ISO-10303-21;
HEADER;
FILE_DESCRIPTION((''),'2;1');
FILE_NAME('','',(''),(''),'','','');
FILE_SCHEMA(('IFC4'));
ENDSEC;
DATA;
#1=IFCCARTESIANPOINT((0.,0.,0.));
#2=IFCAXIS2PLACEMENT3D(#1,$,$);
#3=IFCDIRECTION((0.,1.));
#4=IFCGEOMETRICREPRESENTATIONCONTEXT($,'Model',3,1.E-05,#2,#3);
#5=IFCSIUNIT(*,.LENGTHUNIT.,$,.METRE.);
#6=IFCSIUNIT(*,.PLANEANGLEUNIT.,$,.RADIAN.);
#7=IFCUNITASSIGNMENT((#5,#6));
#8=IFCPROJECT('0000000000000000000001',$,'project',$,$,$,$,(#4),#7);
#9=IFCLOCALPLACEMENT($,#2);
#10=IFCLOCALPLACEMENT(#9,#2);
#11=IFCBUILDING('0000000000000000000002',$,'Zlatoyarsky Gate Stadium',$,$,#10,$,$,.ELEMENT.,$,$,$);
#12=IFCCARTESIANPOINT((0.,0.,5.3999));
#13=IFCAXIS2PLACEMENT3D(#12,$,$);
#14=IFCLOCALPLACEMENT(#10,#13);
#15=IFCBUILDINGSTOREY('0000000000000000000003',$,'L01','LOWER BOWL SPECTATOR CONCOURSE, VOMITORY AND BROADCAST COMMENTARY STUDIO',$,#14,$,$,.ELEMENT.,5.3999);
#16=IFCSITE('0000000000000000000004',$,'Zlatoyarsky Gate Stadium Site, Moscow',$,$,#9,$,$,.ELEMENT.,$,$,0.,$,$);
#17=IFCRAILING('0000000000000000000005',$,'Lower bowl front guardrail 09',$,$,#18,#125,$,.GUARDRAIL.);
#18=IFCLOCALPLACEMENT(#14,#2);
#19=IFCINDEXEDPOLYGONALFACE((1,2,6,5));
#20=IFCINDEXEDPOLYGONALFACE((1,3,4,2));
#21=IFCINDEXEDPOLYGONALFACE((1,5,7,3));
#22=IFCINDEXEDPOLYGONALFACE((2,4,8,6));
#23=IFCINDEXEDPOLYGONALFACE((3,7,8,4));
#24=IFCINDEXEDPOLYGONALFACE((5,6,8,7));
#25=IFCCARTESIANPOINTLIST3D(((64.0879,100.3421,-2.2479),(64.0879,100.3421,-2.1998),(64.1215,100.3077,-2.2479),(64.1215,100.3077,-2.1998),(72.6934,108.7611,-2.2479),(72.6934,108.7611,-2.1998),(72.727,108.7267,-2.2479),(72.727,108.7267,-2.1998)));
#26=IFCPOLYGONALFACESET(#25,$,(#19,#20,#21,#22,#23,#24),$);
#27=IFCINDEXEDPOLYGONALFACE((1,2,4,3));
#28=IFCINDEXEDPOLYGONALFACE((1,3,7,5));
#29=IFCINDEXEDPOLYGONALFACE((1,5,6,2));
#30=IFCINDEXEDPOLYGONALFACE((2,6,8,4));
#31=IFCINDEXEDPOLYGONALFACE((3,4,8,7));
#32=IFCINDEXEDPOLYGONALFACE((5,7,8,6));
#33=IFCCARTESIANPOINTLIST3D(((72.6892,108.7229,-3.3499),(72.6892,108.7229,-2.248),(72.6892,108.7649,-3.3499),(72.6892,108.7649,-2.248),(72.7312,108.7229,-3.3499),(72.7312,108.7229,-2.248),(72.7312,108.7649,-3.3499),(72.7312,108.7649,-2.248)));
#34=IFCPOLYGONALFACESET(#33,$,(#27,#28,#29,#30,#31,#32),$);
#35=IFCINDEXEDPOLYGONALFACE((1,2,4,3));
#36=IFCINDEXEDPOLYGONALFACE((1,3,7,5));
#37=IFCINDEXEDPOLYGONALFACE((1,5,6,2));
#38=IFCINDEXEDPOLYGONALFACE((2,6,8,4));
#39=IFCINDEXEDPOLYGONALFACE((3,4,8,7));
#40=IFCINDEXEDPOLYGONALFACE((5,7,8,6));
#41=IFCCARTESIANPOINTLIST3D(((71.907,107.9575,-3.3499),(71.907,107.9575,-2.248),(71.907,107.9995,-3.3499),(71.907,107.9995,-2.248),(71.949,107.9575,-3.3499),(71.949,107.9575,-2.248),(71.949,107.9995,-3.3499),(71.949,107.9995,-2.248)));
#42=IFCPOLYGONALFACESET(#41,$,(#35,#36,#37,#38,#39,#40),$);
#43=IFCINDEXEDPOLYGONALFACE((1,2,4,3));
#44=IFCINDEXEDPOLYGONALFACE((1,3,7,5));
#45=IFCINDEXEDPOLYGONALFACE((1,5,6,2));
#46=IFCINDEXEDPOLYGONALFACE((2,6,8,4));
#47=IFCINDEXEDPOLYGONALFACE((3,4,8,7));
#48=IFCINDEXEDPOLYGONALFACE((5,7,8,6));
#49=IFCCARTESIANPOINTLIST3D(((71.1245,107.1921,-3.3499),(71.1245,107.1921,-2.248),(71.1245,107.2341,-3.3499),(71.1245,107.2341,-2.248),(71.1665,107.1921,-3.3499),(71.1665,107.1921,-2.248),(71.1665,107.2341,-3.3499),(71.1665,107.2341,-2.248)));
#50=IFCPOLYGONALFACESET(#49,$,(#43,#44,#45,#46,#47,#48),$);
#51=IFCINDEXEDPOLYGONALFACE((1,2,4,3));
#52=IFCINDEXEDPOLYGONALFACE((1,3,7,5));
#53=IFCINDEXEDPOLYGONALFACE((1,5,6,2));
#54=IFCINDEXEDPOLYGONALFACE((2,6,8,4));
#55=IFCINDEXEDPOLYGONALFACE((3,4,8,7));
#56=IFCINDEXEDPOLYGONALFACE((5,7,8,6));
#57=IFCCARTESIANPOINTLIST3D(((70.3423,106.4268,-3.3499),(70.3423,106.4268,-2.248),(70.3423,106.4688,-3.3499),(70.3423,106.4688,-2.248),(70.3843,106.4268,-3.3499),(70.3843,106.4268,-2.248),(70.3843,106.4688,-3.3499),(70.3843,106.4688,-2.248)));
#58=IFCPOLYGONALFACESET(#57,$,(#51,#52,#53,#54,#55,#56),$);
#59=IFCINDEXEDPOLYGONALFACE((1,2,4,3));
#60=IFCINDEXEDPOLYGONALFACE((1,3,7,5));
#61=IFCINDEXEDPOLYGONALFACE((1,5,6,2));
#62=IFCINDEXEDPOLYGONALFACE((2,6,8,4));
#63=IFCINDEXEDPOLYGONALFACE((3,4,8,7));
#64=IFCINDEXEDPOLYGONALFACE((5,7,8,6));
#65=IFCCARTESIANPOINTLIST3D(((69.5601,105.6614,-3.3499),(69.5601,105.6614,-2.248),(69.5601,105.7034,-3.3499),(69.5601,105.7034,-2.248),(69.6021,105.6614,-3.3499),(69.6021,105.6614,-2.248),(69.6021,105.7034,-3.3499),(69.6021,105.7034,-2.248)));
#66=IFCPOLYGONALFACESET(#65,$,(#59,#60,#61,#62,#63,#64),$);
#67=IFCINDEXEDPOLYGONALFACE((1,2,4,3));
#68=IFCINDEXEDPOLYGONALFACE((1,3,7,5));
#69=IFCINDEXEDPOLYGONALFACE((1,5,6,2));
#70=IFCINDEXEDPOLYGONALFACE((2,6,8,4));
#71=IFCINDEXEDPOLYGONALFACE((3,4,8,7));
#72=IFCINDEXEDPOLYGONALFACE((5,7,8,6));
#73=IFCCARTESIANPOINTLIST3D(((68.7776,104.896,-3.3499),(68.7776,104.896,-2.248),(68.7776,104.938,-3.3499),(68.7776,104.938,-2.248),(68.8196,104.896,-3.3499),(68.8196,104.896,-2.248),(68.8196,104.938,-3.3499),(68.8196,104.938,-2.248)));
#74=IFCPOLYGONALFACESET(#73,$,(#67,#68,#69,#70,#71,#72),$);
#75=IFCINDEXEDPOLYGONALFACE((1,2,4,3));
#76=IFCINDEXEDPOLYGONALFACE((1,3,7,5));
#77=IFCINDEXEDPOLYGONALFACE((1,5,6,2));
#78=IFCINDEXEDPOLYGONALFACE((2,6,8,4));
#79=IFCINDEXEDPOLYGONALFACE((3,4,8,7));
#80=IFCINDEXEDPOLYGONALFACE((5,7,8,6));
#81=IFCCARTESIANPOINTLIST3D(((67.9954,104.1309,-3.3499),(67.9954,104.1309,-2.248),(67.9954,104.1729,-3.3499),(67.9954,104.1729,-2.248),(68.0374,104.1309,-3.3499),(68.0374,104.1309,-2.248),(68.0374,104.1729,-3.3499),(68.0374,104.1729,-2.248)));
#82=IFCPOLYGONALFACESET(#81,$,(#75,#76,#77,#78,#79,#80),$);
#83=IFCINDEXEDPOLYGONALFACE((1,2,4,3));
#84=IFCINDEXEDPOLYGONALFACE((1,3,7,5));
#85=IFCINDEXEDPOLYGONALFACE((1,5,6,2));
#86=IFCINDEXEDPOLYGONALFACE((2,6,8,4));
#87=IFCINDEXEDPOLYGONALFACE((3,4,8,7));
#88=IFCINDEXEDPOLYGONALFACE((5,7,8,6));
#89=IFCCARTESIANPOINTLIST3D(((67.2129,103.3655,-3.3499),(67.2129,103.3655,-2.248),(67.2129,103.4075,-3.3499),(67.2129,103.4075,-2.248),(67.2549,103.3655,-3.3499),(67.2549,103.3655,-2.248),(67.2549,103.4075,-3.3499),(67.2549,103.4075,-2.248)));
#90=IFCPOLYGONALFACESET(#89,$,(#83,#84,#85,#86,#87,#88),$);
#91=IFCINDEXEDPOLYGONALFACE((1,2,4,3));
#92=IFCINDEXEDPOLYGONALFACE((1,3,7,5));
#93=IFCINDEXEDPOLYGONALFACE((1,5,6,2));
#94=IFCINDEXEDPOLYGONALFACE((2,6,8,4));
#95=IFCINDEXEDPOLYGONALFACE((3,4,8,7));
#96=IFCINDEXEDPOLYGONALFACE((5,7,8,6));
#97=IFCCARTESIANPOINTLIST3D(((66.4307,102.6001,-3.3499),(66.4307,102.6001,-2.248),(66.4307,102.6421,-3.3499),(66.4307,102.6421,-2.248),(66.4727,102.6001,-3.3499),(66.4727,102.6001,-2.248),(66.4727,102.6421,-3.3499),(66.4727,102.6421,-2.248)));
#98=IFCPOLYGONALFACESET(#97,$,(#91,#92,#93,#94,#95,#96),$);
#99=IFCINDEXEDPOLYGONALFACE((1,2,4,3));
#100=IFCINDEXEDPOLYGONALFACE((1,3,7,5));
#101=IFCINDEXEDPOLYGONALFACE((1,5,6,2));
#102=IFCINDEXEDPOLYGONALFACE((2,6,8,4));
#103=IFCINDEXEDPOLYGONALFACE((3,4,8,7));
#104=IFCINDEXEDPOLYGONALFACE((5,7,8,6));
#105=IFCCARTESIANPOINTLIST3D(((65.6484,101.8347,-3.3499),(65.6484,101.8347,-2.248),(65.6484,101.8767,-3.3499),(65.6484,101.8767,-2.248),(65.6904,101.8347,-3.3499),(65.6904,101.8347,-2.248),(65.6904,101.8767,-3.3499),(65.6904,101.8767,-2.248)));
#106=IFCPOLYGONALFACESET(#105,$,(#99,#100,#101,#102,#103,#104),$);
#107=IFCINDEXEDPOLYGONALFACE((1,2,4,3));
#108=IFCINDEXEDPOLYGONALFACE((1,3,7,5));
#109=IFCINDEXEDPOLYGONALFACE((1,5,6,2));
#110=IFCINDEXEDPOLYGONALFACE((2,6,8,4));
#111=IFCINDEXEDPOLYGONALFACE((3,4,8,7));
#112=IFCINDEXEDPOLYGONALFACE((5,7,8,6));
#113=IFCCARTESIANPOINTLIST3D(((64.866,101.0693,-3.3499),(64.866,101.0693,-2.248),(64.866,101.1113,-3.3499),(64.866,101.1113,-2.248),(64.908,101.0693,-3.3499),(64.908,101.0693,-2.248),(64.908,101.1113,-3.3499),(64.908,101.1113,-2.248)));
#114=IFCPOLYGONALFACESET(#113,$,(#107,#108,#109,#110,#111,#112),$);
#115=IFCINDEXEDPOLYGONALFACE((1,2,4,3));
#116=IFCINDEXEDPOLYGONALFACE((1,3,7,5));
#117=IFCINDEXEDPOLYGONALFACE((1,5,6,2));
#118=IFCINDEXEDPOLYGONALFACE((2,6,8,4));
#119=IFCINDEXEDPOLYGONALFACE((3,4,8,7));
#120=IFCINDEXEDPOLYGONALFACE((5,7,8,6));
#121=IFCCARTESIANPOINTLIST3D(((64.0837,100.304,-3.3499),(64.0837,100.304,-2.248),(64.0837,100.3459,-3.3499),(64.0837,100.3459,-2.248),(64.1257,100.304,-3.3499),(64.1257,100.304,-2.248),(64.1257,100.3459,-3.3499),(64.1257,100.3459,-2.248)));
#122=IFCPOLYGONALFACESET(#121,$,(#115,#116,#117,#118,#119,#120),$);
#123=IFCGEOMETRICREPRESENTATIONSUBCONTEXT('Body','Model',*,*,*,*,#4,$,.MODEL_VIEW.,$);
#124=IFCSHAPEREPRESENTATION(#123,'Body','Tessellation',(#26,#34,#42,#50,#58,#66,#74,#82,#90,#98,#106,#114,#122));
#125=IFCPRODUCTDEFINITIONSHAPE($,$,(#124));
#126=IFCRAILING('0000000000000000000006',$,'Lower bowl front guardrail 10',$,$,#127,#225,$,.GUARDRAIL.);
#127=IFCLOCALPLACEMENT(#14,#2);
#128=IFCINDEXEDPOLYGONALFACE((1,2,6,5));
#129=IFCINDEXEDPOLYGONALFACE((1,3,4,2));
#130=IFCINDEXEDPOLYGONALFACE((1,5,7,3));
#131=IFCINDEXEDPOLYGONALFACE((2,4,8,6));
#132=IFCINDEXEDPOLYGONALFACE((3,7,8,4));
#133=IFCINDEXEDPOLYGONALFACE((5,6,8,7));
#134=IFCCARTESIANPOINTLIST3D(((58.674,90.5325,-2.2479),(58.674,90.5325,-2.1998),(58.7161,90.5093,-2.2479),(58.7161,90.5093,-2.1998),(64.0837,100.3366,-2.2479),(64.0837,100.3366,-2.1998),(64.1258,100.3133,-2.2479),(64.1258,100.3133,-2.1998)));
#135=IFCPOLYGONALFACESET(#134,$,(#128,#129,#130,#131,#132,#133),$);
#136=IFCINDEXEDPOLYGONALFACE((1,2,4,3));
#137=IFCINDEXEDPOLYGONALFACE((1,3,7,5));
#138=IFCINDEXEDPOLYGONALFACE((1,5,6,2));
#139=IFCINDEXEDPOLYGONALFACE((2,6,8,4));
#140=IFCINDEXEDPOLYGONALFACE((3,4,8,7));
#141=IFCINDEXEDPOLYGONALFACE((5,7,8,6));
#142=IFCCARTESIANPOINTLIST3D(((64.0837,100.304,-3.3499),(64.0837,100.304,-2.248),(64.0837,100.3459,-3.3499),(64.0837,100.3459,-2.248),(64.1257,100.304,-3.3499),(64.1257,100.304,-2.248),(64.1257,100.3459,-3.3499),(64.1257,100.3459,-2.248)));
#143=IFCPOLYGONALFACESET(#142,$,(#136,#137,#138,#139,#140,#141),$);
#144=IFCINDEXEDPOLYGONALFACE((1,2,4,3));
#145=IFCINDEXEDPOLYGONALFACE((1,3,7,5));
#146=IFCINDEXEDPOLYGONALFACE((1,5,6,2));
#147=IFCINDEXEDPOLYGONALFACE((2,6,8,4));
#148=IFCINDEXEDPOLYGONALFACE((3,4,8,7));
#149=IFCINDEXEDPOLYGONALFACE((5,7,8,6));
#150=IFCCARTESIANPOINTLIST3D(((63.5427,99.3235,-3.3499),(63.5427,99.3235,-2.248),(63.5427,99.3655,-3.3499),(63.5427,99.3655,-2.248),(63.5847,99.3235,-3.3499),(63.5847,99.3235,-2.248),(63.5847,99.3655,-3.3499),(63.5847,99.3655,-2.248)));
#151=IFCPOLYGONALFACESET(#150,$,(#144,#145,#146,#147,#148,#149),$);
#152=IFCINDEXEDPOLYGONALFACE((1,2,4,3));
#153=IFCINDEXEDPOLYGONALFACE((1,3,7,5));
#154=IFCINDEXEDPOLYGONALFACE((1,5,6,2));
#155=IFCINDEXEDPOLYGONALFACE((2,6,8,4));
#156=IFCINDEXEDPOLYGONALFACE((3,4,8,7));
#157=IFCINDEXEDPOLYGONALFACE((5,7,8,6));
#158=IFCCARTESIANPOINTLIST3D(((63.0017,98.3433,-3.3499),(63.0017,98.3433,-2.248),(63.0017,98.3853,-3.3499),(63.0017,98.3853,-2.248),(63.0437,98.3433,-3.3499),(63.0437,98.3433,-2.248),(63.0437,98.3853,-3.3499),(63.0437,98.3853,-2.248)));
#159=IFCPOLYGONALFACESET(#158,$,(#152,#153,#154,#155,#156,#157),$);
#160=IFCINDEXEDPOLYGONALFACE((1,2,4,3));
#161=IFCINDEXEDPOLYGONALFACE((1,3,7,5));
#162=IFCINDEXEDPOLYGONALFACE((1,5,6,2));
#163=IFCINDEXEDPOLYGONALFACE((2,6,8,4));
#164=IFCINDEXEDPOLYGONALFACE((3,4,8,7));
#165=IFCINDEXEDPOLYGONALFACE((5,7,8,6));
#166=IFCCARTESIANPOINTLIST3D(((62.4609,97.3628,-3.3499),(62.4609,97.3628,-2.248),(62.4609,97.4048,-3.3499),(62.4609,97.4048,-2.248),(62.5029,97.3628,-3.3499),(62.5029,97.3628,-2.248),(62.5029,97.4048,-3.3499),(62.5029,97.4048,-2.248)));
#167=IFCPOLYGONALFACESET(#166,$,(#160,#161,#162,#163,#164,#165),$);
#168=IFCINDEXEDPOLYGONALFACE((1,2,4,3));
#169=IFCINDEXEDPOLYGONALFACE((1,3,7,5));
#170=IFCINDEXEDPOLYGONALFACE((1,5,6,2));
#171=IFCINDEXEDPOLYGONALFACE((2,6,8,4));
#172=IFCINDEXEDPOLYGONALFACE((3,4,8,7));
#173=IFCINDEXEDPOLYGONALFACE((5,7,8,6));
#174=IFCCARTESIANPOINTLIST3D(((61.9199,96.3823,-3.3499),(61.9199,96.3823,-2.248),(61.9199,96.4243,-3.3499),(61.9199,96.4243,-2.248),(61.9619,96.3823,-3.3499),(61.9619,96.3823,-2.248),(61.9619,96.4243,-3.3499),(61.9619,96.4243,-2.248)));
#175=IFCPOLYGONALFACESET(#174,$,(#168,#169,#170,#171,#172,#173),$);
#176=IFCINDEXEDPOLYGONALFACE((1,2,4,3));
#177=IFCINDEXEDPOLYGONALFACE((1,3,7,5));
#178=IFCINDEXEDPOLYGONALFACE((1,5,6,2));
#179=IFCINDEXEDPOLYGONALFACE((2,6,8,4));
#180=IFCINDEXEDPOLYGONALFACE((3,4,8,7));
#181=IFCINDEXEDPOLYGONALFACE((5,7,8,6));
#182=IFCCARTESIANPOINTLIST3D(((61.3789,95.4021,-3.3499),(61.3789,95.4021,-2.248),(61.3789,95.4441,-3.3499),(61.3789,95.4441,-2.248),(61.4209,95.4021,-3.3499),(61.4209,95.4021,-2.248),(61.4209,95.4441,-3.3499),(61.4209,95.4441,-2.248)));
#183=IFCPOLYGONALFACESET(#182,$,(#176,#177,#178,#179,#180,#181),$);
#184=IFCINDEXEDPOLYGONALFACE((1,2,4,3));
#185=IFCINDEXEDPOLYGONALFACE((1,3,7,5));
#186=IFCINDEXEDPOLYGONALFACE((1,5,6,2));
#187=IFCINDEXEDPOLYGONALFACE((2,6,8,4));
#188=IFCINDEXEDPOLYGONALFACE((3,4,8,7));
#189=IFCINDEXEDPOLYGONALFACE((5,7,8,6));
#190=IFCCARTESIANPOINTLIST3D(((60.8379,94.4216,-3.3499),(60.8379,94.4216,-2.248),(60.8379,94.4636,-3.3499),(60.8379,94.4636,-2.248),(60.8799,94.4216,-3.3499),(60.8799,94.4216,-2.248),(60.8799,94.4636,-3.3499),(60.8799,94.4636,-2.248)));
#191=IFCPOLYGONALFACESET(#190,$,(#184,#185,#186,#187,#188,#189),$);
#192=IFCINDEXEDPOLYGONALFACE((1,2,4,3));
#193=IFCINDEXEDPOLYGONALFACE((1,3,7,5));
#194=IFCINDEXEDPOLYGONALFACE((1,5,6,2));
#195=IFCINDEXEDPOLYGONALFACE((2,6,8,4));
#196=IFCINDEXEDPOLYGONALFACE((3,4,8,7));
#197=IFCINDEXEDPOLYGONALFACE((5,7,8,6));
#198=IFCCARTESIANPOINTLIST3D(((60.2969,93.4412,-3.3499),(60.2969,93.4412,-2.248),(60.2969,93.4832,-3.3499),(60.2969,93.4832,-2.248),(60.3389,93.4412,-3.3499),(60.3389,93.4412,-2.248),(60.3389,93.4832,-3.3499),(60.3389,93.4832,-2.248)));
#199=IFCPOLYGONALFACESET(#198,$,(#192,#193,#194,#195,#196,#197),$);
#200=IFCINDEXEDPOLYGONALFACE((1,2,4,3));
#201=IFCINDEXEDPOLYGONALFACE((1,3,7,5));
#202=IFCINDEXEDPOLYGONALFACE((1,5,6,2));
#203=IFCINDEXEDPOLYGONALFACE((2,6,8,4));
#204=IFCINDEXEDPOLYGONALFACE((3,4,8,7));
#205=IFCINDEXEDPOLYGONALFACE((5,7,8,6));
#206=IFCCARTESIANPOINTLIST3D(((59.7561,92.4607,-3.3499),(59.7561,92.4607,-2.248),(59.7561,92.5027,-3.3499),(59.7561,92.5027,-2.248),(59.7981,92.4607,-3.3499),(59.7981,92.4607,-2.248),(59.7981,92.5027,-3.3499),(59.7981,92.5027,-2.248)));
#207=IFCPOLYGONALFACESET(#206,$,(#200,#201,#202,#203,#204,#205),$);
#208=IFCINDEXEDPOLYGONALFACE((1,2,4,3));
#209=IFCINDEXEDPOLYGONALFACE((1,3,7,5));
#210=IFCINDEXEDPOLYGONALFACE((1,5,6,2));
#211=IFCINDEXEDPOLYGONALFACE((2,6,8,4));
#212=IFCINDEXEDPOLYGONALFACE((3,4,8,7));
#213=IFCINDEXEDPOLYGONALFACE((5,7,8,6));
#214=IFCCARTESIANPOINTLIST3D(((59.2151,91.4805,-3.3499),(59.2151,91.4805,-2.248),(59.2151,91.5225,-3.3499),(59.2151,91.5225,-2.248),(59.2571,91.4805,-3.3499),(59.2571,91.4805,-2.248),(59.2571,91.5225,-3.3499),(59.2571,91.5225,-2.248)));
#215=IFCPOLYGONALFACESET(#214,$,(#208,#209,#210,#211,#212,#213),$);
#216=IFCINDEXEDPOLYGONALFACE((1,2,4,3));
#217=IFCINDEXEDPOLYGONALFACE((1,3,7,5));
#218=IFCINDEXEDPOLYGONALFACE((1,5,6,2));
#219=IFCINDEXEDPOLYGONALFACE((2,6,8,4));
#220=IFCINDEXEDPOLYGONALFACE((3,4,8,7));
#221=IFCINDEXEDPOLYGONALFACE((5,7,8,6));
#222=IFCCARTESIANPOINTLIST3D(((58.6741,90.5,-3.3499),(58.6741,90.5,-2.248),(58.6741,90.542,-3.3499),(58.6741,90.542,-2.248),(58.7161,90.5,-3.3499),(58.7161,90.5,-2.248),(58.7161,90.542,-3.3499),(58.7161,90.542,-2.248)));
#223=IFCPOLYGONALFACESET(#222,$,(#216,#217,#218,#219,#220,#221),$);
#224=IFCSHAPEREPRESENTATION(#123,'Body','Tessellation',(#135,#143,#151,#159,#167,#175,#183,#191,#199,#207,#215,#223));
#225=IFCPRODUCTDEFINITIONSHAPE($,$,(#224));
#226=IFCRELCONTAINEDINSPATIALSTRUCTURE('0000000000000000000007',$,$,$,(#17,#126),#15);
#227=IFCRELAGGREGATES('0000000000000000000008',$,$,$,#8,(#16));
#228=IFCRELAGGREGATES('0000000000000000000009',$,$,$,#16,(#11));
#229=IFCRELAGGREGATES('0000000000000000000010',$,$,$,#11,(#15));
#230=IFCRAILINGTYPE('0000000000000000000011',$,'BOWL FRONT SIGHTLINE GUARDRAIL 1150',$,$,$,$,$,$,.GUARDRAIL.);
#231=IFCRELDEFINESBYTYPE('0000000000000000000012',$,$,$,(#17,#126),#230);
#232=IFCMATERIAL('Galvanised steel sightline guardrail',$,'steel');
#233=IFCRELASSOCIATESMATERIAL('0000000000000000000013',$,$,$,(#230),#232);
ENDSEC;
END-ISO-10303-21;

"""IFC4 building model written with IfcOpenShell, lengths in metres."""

from ifc_helpers import new_model, si_unit, direction, frame, origin, origin_2d, place, context, subcontext, project, spatial, rectangle, extrude, material, type_object, element, save


model = new_model("IFC4")

# Units and contexts
model_context = context("Model", 3, precision=1e-05, world=origin(), true_north=direction((0.0, 1.0)))
body_context = subcontext(model_context, "Body", "Model", "MODEL_VIEW")
ifc_project = project(units=[si_unit("LENGTHUNIT", "METRE"), si_unit("PLANEANGLEUNIT", "RADIAN")], contexts=[model_context])

# Site, building, storey
site_placement = place(None, origin())
site = spatial("IfcSite", under=ifc_project, at=site_placement, Name="Zlatoyarsky Gate Stadium Site, Moscow", CompositionType="ELEMENT", RefElevation=0.0)
building_placement = place(site_placement, origin())
building = spatial("IfcBuilding", under=site, at=building_placement, Name="Zlatoyarsky Gate Stadium", CompositionType="ELEMENT")
storey_placement = place(building_placement, frame((0.0, 0.0, 5.3999)))
storey = spatial("IfcBuildingStorey", under=building, at=storey_placement, Name="L01", Description="LOWER BOWL SPECTATOR CONCOURSE, VOMITORY AND BROADCAST COMMENTARY STUDIO", CompositionType="ELEMENT", Elevation=5.3999)

# Railings
ifc_material_1 = material(Name="Galvanised steel sightline guardrail", Category="steel")
railing_type_1 = type_object("IfcRailingType", Name="BOWL FRONT SIGHTLINE GUARDRAIL 1150", PredefinedType="GUARDRAIL", material=ifc_material_1)
railing_1_placement = place(storey_placement, frame((72.7102, 108.7439, -3.3499)))
element("IfcRailing", 1, at=railing_1_placement, inside=storey, type_object=railing_type_1, Name="Lower bowl front guardrail 09", PredefinedType="GUARDRAIL", context=body_context, shape_type="SweptSolid", body=[
    extrude(rectangle(XDim=0.0481, YDim=0.0481, at=origin_2d()), frame((0.0, 0.0, 1.126), z_axis=(-0.714811, -0.699318, 0.0), x_axis=(0.699318, -0.714811, 0.0)), (0.0, 0.0, 1.0), 12.0388),
    extrude(rectangle(XDim=0.042, YDim=0.042, at=origin_2d()), origin(), (0.0, 0.0, 1.0), 1.1018),
    extrude(rectangle(XDim=0.042, YDim=0.042, at=origin_2d()), frame((-0.7822, -0.7654, 0.0)), (0.0, 0.0, 1.0), 1.1018),
    extrude(rectangle(XDim=0.042, YDim=0.042, at=origin_2d()), frame((-1.5647, -1.5308, 0.0)), (0.0, 0.0, 1.0), 1.1018),
    extrude(rectangle(XDim=0.042, YDim=0.042, at=origin_2d()), frame((-2.3469, -2.2961, 0.0)), (0.0, 0.0, 1.0), 1.1018),
    extrude(rectangle(XDim=0.042, YDim=0.042, at=origin_2d()), frame((-3.1292, -3.0615, 0.0)), (0.0, 0.0, 1.0), 1.1018),
    extrude(rectangle(XDim=0.042, YDim=0.042, at=origin_2d()), frame((-3.9116, -3.8269, 0.0)), (0.0, 0.0, 1.0), 1.1018),
    extrude(rectangle(XDim=0.042, YDim=0.042, at=origin_2d()), frame((-4.6938, -4.592, 0.0)), (0.0, 0.0, 1.0), 1.1018),
    extrude(rectangle(XDim=0.042, YDim=0.042, at=origin_2d()), frame((-5.4763, -5.3574, 0.0)), (0.0, 0.0, 1.0), 1.1018),
    extrude(rectangle(XDim=0.042, YDim=0.042, at=origin_2d()), frame((-6.2585, -6.1228, 0.0)), (0.0, 0.0, 1.0), 1.1018),
    extrude(rectangle(XDim=0.042, YDim=0.042, at=origin_2d()), frame((-7.0408, -6.8882, 0.0)), (0.0, 0.0, 1.0), 1.1018),
    extrude(rectangle(XDim=0.042, YDim=0.042, at=origin_2d()), frame((-7.8232, -7.6536, 0.0)), (0.0, 0.0, 1.0), 1.1018),
    extrude(rectangle(XDim=0.042, YDim=0.042, at=origin_2d()), frame((-8.6055, -8.4189, 0.0)), (0.0, 0.0, 1.0), 1.1018),
])
railing_2_placement = place(storey_placement, frame((64.1047, 100.325, -3.3499)))
element("IfcRailing", 2, at=railing_2_placement, inside=storey, type_object=railing_type_1, Name="Lower bowl front guardrail 10", PredefinedType="GUARDRAIL", context=body_context, shape_type="SweptSolid", body=[
    extrude(rectangle(XDim=0.0481, YDim=0.0481, at=origin_2d()), frame((0.0, 0.0, 1.126), z_axis=(-0.483118, -0.875555, 0.0), x_axis=(0.875555, -0.483118, 0.0)), (0.0, 0.0, 1.0), 11.1975),
    extrude(rectangle(XDim=0.042, YDim=0.042, at=origin_2d()), origin(), (0.0, 0.0, 1.0), 1.1018),
    extrude(rectangle(XDim=0.042, YDim=0.042, at=origin_2d()), frame((-0.541, -0.9805, 0.0)), (0.0, 0.0, 1.0), 1.1018),
    extrude(rectangle(XDim=0.042, YDim=0.042, at=origin_2d()), frame((-1.082, -1.9607, 0.0)), (0.0, 0.0, 1.0), 1.1018),
    extrude(rectangle(XDim=0.042, YDim=0.042, at=origin_2d()), frame((-1.6228, -2.9412, 0.0)), (0.0, 0.0, 1.0), 1.1018),
    extrude(rectangle(XDim=0.042, YDim=0.042, at=origin_2d()), frame((-2.1638, -3.9216, 0.0)), (0.0, 0.0, 1.0), 1.1018),
    extrude(rectangle(XDim=0.042, YDim=0.042, at=origin_2d()), frame((-2.7048, -4.9019, 0.0)), (0.0, 0.0, 1.0), 1.1018),
    extrude(rectangle(XDim=0.042, YDim=0.042, at=origin_2d()), frame((-3.2458, -5.8823, 0.0)), (0.0, 0.0, 1.0), 1.1018),
    extrude(rectangle(XDim=0.042, YDim=0.042, at=origin_2d()), frame((-3.7869, -6.8628, 0.0)), (0.0, 0.0, 1.0), 1.1018),
    extrude(rectangle(XDim=0.042, YDim=0.042, at=origin_2d()), frame((-4.3276, -7.8433, 0.0)), (0.0, 0.0, 1.0), 1.1018),
    extrude(rectangle(XDim=0.042, YDim=0.042, at=origin_2d()), frame((-4.8687, -8.8235, 0.0)), (0.0, 0.0, 1.0), 1.1018),
    extrude(rectangle(XDim=0.042, YDim=0.042, at=origin_2d()), frame((-5.4097, -9.804, 0.0)), (0.0, 0.0, 1.0), 1.1018),
])

save(model, "model.ifc")
